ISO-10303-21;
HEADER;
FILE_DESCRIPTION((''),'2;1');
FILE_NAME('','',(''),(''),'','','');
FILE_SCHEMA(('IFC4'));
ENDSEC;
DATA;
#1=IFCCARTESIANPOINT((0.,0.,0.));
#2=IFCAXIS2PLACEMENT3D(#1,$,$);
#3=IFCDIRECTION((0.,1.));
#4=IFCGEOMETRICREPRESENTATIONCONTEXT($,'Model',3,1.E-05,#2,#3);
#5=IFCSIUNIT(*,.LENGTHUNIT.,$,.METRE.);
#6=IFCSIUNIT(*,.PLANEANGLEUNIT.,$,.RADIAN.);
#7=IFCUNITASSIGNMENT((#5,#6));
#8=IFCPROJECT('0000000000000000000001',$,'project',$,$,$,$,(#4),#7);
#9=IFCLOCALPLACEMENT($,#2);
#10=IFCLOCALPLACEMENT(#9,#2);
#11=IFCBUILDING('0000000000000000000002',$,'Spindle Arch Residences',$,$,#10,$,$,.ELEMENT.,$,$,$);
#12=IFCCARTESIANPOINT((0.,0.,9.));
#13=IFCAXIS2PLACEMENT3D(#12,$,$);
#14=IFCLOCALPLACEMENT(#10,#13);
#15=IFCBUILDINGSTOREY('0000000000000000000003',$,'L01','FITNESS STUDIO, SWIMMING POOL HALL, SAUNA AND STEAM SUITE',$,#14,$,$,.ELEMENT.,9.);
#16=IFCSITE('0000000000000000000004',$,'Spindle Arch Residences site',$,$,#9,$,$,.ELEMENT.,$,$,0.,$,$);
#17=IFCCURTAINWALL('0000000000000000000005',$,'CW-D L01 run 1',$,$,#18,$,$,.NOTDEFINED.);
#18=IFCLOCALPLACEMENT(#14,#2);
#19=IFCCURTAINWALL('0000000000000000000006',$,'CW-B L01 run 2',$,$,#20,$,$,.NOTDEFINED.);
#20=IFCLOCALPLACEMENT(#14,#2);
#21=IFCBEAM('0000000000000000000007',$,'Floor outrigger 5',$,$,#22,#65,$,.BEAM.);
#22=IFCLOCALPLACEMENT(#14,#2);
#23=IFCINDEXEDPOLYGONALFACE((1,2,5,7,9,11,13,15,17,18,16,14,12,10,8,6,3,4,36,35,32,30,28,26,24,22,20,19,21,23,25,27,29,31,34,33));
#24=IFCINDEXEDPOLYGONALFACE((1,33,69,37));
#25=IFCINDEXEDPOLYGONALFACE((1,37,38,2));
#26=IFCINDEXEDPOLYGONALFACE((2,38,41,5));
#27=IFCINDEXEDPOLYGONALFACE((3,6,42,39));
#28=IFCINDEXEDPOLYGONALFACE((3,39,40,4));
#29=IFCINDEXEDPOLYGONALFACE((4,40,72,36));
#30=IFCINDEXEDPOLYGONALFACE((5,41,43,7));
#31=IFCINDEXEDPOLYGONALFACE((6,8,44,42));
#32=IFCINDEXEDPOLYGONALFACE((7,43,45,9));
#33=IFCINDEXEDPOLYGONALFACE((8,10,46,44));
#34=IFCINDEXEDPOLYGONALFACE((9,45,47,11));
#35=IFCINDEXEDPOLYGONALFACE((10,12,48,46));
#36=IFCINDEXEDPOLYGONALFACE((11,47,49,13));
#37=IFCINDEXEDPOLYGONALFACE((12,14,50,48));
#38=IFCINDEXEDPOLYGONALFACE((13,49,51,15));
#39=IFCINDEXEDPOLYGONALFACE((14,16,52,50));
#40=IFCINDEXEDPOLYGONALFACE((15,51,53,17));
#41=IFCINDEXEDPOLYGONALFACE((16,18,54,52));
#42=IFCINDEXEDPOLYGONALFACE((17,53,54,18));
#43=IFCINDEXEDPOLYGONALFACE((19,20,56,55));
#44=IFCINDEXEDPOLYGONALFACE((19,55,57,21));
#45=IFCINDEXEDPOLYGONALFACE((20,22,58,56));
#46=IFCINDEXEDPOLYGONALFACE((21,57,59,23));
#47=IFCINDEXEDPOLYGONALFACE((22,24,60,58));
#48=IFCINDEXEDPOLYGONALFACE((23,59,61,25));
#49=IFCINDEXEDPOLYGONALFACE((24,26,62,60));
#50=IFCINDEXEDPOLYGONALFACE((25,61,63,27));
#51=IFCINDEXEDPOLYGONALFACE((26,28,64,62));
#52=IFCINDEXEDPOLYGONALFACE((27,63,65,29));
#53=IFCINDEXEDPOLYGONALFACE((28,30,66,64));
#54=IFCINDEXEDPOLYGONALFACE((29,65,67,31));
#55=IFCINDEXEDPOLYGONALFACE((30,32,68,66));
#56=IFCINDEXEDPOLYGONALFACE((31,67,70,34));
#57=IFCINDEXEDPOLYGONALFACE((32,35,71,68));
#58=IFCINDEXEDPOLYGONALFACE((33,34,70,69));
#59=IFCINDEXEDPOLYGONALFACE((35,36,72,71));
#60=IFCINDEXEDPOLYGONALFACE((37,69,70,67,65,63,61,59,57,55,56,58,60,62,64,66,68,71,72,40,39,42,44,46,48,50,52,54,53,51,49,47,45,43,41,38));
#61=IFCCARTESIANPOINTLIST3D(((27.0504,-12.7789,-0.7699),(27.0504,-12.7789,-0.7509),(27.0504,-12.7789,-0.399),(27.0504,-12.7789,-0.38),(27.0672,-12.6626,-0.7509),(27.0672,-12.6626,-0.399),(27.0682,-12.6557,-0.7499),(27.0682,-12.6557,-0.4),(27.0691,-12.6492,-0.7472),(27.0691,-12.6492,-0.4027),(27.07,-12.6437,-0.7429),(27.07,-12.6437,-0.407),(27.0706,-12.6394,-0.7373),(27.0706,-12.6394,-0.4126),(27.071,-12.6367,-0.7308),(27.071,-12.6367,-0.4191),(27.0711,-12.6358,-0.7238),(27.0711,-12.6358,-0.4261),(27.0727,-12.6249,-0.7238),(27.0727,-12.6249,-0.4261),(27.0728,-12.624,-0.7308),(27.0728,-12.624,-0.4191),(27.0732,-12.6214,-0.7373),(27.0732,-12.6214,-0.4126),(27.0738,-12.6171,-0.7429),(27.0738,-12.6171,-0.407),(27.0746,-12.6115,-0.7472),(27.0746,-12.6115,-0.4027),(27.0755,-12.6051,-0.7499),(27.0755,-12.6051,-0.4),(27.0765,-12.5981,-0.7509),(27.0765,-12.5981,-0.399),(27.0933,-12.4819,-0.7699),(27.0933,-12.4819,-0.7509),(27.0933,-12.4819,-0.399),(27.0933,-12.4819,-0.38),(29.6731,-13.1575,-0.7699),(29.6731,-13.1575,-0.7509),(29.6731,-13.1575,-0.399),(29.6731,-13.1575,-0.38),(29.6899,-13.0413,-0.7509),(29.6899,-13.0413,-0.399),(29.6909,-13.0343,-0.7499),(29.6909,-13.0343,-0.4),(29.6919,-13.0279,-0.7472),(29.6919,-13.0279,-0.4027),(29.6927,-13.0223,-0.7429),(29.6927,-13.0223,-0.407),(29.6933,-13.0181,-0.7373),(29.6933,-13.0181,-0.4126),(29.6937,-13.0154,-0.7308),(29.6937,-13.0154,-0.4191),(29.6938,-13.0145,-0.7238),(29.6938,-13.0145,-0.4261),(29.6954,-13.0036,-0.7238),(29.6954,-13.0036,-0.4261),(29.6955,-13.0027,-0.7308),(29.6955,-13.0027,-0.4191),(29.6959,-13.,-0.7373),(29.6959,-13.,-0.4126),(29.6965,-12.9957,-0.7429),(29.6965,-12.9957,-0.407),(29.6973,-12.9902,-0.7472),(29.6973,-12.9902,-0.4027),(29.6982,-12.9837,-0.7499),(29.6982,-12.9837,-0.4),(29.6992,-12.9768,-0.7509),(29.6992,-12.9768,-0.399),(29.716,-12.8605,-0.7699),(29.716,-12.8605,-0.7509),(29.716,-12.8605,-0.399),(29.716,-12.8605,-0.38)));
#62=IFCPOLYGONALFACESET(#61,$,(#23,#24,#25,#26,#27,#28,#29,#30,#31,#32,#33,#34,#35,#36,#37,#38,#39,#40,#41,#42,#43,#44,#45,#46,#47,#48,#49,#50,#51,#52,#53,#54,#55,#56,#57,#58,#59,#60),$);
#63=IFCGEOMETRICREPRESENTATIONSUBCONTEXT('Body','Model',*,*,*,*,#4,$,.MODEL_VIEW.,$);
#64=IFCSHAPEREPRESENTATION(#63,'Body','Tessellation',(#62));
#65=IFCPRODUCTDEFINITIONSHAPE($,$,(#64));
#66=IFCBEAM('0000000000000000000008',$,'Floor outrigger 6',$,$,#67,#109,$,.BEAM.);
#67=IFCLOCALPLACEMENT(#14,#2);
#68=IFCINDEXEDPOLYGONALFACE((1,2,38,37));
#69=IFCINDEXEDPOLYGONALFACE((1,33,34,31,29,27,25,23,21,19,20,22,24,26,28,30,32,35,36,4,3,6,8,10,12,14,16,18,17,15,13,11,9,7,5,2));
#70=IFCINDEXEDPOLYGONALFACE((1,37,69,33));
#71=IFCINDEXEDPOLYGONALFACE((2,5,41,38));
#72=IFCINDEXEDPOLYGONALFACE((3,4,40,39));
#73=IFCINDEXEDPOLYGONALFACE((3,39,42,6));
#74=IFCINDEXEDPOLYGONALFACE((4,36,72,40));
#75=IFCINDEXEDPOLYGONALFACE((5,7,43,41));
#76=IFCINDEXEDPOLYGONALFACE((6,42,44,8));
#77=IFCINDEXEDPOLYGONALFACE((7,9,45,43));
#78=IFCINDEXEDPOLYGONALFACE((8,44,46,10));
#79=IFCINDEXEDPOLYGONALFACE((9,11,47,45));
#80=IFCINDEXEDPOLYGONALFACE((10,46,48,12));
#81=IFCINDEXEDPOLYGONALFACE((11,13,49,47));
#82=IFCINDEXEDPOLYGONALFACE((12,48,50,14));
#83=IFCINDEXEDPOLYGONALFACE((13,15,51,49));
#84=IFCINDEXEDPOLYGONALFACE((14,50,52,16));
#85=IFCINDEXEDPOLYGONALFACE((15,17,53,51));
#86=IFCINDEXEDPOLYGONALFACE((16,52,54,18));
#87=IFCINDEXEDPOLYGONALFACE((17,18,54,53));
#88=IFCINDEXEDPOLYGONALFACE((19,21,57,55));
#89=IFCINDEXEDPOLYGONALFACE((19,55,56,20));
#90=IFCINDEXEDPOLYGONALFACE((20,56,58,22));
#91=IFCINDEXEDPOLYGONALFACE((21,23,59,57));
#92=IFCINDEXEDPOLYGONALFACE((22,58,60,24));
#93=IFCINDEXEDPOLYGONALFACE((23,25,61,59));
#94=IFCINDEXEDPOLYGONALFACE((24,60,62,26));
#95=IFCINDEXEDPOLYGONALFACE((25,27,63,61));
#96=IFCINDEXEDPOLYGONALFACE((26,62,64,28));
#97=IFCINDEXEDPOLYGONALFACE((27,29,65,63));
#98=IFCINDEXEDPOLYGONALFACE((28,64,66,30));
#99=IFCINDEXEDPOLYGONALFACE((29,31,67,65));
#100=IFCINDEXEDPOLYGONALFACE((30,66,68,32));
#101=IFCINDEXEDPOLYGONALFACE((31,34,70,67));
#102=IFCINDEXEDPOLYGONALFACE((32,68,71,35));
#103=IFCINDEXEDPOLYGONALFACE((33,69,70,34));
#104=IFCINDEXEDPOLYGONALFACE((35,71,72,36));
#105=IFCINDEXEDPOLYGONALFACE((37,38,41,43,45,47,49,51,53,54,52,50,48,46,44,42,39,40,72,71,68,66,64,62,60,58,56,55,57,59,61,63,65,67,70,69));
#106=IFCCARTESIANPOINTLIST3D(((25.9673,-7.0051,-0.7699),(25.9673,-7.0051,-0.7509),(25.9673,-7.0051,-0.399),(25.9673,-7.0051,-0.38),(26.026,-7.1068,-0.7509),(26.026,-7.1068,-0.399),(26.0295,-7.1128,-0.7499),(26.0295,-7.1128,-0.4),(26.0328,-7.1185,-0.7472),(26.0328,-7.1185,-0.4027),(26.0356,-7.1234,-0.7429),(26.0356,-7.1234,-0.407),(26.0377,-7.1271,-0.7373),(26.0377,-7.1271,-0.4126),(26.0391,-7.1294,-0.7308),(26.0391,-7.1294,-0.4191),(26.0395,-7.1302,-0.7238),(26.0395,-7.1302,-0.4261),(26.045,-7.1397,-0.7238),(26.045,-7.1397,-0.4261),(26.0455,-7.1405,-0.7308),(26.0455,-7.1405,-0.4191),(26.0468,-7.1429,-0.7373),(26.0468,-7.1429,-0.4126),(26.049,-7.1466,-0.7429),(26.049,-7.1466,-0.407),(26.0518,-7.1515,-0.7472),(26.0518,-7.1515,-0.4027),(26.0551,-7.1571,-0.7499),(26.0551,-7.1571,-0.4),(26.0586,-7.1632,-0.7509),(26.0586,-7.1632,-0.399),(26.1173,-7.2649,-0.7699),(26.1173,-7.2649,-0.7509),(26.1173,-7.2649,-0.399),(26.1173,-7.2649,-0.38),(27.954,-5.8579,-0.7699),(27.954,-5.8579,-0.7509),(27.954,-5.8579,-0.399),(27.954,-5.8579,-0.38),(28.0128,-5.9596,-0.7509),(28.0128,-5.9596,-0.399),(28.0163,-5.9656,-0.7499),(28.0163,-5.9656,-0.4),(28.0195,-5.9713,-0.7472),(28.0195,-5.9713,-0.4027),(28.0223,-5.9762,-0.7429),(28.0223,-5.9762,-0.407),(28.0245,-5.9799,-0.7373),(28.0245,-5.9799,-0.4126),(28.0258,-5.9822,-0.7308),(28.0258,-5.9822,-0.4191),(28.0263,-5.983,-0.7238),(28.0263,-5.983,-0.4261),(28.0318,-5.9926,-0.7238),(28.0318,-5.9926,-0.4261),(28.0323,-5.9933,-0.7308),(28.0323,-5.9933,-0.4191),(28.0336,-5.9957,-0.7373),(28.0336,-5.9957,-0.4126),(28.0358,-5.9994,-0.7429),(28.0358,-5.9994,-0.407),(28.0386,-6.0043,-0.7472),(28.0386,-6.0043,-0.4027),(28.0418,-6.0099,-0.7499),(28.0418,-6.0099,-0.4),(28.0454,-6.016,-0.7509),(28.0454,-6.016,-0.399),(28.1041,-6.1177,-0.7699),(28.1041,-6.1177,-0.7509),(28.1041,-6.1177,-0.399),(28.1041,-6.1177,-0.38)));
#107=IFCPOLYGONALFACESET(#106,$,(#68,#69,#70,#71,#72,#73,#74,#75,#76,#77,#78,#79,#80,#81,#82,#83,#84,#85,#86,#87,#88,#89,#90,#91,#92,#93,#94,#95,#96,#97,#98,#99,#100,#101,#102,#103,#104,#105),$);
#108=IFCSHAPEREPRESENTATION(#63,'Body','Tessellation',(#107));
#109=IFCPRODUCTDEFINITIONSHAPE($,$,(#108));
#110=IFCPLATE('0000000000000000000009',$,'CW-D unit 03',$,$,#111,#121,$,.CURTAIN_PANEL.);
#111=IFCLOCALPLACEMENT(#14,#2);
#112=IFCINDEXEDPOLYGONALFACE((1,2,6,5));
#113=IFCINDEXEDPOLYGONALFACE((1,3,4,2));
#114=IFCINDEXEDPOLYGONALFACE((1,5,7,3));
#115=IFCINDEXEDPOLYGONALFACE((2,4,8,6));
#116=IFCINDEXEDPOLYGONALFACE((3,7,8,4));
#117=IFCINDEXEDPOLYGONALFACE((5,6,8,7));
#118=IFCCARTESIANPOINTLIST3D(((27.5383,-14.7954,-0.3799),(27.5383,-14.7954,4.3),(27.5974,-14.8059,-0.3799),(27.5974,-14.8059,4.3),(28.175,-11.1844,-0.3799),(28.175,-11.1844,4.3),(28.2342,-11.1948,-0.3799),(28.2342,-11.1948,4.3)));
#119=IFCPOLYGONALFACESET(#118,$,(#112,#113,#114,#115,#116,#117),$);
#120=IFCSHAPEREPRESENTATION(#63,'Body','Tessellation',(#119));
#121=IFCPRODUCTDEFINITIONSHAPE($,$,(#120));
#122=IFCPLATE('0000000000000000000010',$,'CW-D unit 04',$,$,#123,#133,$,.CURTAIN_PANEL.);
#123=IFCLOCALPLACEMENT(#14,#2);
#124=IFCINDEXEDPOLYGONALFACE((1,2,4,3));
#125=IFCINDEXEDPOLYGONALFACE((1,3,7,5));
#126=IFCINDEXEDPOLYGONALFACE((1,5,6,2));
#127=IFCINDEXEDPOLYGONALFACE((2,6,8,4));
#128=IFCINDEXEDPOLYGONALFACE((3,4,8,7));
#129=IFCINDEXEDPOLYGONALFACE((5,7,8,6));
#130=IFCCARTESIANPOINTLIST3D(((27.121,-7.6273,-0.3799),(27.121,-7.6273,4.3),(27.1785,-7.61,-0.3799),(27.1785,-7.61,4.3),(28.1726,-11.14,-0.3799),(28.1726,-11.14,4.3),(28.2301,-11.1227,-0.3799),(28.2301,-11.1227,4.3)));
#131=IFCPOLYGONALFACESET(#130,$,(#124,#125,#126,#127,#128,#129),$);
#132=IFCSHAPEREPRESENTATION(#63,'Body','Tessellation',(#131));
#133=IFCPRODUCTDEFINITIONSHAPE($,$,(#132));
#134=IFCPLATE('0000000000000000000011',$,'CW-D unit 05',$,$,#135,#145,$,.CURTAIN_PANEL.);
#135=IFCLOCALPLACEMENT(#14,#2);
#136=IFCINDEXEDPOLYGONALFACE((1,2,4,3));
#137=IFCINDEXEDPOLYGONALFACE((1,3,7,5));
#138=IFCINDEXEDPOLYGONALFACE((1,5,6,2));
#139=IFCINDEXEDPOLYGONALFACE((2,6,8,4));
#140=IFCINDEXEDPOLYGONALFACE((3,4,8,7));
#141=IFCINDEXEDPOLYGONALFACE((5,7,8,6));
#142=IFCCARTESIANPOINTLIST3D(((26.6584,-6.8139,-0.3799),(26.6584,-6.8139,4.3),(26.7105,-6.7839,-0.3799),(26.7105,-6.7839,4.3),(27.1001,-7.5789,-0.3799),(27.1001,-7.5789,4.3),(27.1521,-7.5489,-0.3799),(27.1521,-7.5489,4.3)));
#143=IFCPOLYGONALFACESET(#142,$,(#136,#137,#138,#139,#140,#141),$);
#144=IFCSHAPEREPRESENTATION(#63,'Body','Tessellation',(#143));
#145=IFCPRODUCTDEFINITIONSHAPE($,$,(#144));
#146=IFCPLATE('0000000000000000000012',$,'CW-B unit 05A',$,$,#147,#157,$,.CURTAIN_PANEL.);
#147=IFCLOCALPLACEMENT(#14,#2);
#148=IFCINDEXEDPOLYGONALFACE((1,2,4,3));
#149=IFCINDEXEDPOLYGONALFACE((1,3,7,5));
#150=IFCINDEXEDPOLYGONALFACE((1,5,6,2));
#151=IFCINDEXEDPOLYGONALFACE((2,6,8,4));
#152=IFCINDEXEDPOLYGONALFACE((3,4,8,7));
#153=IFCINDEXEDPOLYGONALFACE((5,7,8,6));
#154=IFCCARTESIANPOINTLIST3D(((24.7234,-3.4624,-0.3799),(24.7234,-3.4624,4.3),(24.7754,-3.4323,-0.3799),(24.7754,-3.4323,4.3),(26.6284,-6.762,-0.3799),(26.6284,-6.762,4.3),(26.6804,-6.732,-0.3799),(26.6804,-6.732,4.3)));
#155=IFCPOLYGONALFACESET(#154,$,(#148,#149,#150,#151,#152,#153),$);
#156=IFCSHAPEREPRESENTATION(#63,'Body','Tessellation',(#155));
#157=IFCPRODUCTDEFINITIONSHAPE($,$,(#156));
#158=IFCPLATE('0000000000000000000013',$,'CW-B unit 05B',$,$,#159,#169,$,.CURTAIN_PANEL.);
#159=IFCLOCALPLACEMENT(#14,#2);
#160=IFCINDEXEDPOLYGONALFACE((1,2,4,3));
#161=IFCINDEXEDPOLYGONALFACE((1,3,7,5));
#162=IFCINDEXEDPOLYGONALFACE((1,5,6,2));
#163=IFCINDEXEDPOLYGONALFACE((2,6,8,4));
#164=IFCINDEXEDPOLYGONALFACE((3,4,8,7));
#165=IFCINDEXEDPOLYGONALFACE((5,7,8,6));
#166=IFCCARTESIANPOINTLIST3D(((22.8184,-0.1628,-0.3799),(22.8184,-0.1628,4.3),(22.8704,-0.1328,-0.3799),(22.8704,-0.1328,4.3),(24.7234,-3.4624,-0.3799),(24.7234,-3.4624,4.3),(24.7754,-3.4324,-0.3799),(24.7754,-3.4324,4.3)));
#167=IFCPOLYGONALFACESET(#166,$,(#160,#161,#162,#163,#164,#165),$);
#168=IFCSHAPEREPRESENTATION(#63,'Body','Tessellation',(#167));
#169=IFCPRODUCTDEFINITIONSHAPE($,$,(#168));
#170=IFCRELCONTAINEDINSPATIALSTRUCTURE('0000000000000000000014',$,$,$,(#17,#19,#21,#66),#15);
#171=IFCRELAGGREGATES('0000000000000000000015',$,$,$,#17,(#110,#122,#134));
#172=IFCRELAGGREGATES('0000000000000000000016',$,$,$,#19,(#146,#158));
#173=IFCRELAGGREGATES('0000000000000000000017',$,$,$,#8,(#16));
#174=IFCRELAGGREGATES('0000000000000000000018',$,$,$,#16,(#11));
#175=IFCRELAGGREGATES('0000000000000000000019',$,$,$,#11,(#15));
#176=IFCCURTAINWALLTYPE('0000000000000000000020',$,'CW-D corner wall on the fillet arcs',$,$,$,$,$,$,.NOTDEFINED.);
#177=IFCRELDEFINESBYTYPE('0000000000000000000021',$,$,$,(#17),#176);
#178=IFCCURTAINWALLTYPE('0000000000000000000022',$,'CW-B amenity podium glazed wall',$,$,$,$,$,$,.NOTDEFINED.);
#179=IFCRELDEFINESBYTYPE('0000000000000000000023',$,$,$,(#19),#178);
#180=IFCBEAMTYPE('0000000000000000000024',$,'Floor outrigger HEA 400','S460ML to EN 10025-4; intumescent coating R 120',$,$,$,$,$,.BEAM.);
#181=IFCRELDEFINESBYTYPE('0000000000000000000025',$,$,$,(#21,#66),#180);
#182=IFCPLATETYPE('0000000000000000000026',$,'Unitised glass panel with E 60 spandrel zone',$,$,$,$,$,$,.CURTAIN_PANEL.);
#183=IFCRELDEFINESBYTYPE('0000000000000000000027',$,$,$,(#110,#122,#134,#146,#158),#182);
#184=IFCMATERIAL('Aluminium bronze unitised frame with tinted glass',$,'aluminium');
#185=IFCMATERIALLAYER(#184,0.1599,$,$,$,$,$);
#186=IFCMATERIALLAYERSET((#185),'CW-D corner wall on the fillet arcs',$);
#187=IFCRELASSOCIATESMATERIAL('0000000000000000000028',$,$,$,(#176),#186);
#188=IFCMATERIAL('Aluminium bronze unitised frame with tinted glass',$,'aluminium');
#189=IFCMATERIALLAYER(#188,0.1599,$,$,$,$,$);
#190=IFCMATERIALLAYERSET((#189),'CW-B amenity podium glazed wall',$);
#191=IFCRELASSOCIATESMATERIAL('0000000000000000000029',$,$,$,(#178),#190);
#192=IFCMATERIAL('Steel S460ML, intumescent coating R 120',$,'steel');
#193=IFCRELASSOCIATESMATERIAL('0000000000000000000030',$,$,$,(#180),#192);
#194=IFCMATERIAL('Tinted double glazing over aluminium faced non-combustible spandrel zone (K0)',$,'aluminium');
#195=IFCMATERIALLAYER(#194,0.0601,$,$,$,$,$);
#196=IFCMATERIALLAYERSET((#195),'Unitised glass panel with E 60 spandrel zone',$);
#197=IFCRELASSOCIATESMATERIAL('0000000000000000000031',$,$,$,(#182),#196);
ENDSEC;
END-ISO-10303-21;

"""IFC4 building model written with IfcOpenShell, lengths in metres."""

from ifc_helpers import new_model, si_unit, direction, frame, origin, origin_2d, place, context, subcontext, project, spatial, rectangle, i_section, extrude, material, layer, layer_set, material_profile, profile_set, type_object, element, aggregate, save


model = new_model("IFC4")

# Units and contexts
model_context = context("Model", 3, precision=1e-05, world=origin(), true_north=direction((0.0, 1.0)))
body_context = subcontext(model_context, "Body", "Model", "MODEL_VIEW")
ifc_project = project(units=[si_unit("LENGTHUNIT", "METRE"), si_unit("PLANEANGLEUNIT", "RADIAN")], contexts=[model_context])

# Site, building, storey
site_placement = place(None, origin())
site = spatial("IfcSite", under=ifc_project, at=site_placement, Name="Spindle Arch Residences site", CompositionType="ELEMENT", RefElevation=0.0)
building_placement = place(site_placement, origin())
building = spatial("IfcBuilding", under=site, at=building_placement, Name="Spindle Arch Residences", CompositionType="ELEMENT")
storey_placement = place(building_placement, frame((0.0, 0.0, 9.0)))
storey = spatial("IfcBuildingStorey", under=building, at=storey_placement, Name="L01", Description="FITNESS STUDIO, SWIMMING POOL HALL, SAUNA AND STEAM SUITE", CompositionType="ELEMENT", Elevation=9.0)

# Curtain wall
ifc_material_1 = material(Name="Aluminium bronze unitised frame with tinted glass", Category="aluminium")
ifc_layer_1 = layer(ifc_material_1, 0.1599)
ifc_layer_set_1 = layer_set([ifc_layer_1], Name="CW-D corner wall on the fillet arcs")
curtain_wall_type_1 = type_object("IfcCurtainWallType", Name="CW-D corner wall on the fillet arcs", PredefinedType="NOTDEFINED", material=ifc_layer_set_1)
curtain_wall_1_placement = place(storey_placement, origin())
curtain_wall_1 = element("IfcCurtainWall", 1, at=curtain_wall_1_placement, inside=storey, type_object=curtain_wall_type_1, Name="CW-D L01 run 1", PredefinedType="NOTDEFINED")

# Curtain wall
ifc_material_2 = material(Name="Aluminium bronze unitised frame with tinted glass", Category="aluminium")
ifc_layer_2 = layer(ifc_material_2, 0.1599)
ifc_layer_set_2 = layer_set([ifc_layer_2], Name="CW-B amenity podium glazed wall")
curtain_wall_type_2 = type_object("IfcCurtainWallType", Name="CW-B amenity podium glazed wall", PredefinedType="NOTDEFINED", material=ifc_layer_set_2)
curtain_wall_2_placement = place(storey_placement, origin())
curtain_wall_2 = element("IfcCurtainWall", 2, at=curtain_wall_2_placement, inside=storey, type_object=curtain_wall_type_2, Name="CW-B L01 run 2", PredefinedType="NOTDEFINED")

# Beams
ifc_material_3 = material(Name="Steel S460ML, intumescent coating R 120", Category="steel")
ifc_material_profile_1 = material_profile(ifc_material_3, i_section(OverallWidth=0.3, OverallDepth=0.3899, WebThickness=0.011, FlangeThickness=0.019, FilletRadius=0.0271, at=origin_2d()), Name="HEA 400")
ifc_profile_set_1 = profile_set([ifc_material_profile_1], Name="Steel S460ML, intumescent coating R 120")
beam_type_1 = type_object("IfcBeamType", Name="Floor outrigger HEA 400", Description="S460ML to EN 10025-4; intumescent coating R 120", PredefinedType="BEAM", material=ifc_profile_set_1)
beam_1_placement = place(storey_placement, frame((29.6946, -13.009, -0.575), z_axis=(-0.989738, 0.142892, 0.0), x_axis=(-0.142892, -0.989738, 0.0)))
element("IfcBeam", 3, at=beam_1_placement, inside=storey, type_object=beam_type_1, Name="Floor outrigger 5", PredefinedType="BEAM", context=body_context, shape_type="SweptSolid", body=[
    extrude(i_section(OverallWidth=0.3, OverallDepth=0.3899, WebThickness=0.011, FlangeThickness=0.019, FilletRadius=0.0271, at=origin_2d()), origin(), (0.0, 0.0, 1.0), 2.6499),
])
beam_2_placement = place(storey_placement, frame((28.0291, -5.9878, -0.575), z_axis=(-0.866001, -0.500042, 0.0), x_axis=(0.500042, -0.866001, 0.0)))
element("IfcBeam", 4, at=beam_2_placement, inside=storey, type_object=beam_type_1, Name="Floor outrigger 6", PredefinedType="BEAM", context=body_context, shape_type="SweptSolid", body=[
    extrude(i_section(OverallWidth=0.3, OverallDepth=0.3899, WebThickness=0.011, FlangeThickness=0.019, FilletRadius=0.0271, at=origin_2d()), origin(), (0.0, 0.0, 1.0), 2.2942),
])

# Plates
ifc_material_4 = material(Name="Tinted double glazing over aluminium faced non-combustible spandrel zone (K0)", Category="aluminium")
ifc_layer_3 = layer(ifc_material_4, 0.0601)
ifc_layer_set_3 = layer_set([ifc_layer_3], Name="Unitised glass panel with E 60 spandrel zone")
plate_type = type_object("IfcPlateType", Name="Unitised glass panel with E 60 spandrel zone", PredefinedType="CURTAIN_PANEL", material=ifc_layer_set_3)
plate_1_placement = place(storey_placement, frame((27.8862, -12.9951, -0.3799), z_axis=(0.0, 0.0, 1.0), x_axis=(0.173648, 0.984808, 0.0)))
plate_1 = element("IfcPlate", 5, at=plate_1_placement, type_object=plate_type, Name="CW-D unit 03", PredefinedType="CURTAIN_PANEL", context=body_context, shape_type="SweptSolid", body=[
    extrude(rectangle(XDim=3.6667, YDim=0.0601, at=origin_2d()), origin(), (0.0, 0.0, 1.0), 4.6799),
])
plate_2_placement = place(storey_placement, frame((27.6755, -9.375, -0.3799), z_axis=(0.0, 0.0, 1.0), x_axis=(-0.286803, 0.95799, 0.0)))
plate_2 = element("IfcPlate", 6, at=plate_2_placement, type_object=plate_type, Name="CW-D unit 04", PredefinedType="CURTAIN_PANEL", context=body_context, shape_type="SweptSolid", body=[
    extrude(rectangle(XDim=3.6667, YDim=0.0601, at=origin_2d()), origin(), (0.0, 0.0, 1.0), 4.6799),
])
plate_3_placement = place(storey_placement, frame((26.9053, -7.1814, -0.3799), z_axis=(0.0, 0.0, 1.0), x_axis=(-0.5, 0.866025, 0.0)))
plate_3 = element("IfcPlate", 7, at=plate_3_placement, type_object=plate_type, Name="CW-D unit 05", PredefinedType="CURTAIN_PANEL", context=body_context, shape_type="SweptSolid", body=[
    extrude(rectangle(XDim=0.8833, YDim=0.0601, at=origin_2d()), origin(), (0.0, 0.0, 1.0), 4.6799),
])
aggregate(curtain_wall_1, [plate_1, plate_2, plate_3])
plate_4_placement = place(storey_placement, frame((25.7019, -5.0972, -0.3799), z_axis=(0.0, 0.0, 1.0), x_axis=(-0.5, 0.866025, 0.0)))
plate_4 = element("IfcPlate", 8, at=plate_4_placement, type_object=plate_type, Name="CW-B unit 05A", PredefinedType="CURTAIN_PANEL", context=body_context, shape_type="SweptSolid", body=[
    extrude(rectangle(XDim=3.8101, YDim=0.0601, at=origin_2d()), origin(), (0.0, 0.0, 1.0), 4.6799),
])
plate_5_placement = place(storey_placement, frame((23.7969, -1.7976, -0.3799), z_axis=(0.0, 0.0, 1.0), x_axis=(-0.5, 0.866025, 0.0)))
plate_5 = element("IfcPlate", 9, at=plate_5_placement, type_object=plate_type, Name="CW-B unit 05B", PredefinedType="CURTAIN_PANEL", context=body_context, shape_type="SweptSolid", body=[
    extrude(rectangle(XDim=3.8101, YDim=0.0601, at=origin_2d()), origin(), (0.0, 0.0, 1.0), 4.6799),
])
aggregate(curtain_wall_2, [plate_4, plate_5])

save(model, "model.ifc")
